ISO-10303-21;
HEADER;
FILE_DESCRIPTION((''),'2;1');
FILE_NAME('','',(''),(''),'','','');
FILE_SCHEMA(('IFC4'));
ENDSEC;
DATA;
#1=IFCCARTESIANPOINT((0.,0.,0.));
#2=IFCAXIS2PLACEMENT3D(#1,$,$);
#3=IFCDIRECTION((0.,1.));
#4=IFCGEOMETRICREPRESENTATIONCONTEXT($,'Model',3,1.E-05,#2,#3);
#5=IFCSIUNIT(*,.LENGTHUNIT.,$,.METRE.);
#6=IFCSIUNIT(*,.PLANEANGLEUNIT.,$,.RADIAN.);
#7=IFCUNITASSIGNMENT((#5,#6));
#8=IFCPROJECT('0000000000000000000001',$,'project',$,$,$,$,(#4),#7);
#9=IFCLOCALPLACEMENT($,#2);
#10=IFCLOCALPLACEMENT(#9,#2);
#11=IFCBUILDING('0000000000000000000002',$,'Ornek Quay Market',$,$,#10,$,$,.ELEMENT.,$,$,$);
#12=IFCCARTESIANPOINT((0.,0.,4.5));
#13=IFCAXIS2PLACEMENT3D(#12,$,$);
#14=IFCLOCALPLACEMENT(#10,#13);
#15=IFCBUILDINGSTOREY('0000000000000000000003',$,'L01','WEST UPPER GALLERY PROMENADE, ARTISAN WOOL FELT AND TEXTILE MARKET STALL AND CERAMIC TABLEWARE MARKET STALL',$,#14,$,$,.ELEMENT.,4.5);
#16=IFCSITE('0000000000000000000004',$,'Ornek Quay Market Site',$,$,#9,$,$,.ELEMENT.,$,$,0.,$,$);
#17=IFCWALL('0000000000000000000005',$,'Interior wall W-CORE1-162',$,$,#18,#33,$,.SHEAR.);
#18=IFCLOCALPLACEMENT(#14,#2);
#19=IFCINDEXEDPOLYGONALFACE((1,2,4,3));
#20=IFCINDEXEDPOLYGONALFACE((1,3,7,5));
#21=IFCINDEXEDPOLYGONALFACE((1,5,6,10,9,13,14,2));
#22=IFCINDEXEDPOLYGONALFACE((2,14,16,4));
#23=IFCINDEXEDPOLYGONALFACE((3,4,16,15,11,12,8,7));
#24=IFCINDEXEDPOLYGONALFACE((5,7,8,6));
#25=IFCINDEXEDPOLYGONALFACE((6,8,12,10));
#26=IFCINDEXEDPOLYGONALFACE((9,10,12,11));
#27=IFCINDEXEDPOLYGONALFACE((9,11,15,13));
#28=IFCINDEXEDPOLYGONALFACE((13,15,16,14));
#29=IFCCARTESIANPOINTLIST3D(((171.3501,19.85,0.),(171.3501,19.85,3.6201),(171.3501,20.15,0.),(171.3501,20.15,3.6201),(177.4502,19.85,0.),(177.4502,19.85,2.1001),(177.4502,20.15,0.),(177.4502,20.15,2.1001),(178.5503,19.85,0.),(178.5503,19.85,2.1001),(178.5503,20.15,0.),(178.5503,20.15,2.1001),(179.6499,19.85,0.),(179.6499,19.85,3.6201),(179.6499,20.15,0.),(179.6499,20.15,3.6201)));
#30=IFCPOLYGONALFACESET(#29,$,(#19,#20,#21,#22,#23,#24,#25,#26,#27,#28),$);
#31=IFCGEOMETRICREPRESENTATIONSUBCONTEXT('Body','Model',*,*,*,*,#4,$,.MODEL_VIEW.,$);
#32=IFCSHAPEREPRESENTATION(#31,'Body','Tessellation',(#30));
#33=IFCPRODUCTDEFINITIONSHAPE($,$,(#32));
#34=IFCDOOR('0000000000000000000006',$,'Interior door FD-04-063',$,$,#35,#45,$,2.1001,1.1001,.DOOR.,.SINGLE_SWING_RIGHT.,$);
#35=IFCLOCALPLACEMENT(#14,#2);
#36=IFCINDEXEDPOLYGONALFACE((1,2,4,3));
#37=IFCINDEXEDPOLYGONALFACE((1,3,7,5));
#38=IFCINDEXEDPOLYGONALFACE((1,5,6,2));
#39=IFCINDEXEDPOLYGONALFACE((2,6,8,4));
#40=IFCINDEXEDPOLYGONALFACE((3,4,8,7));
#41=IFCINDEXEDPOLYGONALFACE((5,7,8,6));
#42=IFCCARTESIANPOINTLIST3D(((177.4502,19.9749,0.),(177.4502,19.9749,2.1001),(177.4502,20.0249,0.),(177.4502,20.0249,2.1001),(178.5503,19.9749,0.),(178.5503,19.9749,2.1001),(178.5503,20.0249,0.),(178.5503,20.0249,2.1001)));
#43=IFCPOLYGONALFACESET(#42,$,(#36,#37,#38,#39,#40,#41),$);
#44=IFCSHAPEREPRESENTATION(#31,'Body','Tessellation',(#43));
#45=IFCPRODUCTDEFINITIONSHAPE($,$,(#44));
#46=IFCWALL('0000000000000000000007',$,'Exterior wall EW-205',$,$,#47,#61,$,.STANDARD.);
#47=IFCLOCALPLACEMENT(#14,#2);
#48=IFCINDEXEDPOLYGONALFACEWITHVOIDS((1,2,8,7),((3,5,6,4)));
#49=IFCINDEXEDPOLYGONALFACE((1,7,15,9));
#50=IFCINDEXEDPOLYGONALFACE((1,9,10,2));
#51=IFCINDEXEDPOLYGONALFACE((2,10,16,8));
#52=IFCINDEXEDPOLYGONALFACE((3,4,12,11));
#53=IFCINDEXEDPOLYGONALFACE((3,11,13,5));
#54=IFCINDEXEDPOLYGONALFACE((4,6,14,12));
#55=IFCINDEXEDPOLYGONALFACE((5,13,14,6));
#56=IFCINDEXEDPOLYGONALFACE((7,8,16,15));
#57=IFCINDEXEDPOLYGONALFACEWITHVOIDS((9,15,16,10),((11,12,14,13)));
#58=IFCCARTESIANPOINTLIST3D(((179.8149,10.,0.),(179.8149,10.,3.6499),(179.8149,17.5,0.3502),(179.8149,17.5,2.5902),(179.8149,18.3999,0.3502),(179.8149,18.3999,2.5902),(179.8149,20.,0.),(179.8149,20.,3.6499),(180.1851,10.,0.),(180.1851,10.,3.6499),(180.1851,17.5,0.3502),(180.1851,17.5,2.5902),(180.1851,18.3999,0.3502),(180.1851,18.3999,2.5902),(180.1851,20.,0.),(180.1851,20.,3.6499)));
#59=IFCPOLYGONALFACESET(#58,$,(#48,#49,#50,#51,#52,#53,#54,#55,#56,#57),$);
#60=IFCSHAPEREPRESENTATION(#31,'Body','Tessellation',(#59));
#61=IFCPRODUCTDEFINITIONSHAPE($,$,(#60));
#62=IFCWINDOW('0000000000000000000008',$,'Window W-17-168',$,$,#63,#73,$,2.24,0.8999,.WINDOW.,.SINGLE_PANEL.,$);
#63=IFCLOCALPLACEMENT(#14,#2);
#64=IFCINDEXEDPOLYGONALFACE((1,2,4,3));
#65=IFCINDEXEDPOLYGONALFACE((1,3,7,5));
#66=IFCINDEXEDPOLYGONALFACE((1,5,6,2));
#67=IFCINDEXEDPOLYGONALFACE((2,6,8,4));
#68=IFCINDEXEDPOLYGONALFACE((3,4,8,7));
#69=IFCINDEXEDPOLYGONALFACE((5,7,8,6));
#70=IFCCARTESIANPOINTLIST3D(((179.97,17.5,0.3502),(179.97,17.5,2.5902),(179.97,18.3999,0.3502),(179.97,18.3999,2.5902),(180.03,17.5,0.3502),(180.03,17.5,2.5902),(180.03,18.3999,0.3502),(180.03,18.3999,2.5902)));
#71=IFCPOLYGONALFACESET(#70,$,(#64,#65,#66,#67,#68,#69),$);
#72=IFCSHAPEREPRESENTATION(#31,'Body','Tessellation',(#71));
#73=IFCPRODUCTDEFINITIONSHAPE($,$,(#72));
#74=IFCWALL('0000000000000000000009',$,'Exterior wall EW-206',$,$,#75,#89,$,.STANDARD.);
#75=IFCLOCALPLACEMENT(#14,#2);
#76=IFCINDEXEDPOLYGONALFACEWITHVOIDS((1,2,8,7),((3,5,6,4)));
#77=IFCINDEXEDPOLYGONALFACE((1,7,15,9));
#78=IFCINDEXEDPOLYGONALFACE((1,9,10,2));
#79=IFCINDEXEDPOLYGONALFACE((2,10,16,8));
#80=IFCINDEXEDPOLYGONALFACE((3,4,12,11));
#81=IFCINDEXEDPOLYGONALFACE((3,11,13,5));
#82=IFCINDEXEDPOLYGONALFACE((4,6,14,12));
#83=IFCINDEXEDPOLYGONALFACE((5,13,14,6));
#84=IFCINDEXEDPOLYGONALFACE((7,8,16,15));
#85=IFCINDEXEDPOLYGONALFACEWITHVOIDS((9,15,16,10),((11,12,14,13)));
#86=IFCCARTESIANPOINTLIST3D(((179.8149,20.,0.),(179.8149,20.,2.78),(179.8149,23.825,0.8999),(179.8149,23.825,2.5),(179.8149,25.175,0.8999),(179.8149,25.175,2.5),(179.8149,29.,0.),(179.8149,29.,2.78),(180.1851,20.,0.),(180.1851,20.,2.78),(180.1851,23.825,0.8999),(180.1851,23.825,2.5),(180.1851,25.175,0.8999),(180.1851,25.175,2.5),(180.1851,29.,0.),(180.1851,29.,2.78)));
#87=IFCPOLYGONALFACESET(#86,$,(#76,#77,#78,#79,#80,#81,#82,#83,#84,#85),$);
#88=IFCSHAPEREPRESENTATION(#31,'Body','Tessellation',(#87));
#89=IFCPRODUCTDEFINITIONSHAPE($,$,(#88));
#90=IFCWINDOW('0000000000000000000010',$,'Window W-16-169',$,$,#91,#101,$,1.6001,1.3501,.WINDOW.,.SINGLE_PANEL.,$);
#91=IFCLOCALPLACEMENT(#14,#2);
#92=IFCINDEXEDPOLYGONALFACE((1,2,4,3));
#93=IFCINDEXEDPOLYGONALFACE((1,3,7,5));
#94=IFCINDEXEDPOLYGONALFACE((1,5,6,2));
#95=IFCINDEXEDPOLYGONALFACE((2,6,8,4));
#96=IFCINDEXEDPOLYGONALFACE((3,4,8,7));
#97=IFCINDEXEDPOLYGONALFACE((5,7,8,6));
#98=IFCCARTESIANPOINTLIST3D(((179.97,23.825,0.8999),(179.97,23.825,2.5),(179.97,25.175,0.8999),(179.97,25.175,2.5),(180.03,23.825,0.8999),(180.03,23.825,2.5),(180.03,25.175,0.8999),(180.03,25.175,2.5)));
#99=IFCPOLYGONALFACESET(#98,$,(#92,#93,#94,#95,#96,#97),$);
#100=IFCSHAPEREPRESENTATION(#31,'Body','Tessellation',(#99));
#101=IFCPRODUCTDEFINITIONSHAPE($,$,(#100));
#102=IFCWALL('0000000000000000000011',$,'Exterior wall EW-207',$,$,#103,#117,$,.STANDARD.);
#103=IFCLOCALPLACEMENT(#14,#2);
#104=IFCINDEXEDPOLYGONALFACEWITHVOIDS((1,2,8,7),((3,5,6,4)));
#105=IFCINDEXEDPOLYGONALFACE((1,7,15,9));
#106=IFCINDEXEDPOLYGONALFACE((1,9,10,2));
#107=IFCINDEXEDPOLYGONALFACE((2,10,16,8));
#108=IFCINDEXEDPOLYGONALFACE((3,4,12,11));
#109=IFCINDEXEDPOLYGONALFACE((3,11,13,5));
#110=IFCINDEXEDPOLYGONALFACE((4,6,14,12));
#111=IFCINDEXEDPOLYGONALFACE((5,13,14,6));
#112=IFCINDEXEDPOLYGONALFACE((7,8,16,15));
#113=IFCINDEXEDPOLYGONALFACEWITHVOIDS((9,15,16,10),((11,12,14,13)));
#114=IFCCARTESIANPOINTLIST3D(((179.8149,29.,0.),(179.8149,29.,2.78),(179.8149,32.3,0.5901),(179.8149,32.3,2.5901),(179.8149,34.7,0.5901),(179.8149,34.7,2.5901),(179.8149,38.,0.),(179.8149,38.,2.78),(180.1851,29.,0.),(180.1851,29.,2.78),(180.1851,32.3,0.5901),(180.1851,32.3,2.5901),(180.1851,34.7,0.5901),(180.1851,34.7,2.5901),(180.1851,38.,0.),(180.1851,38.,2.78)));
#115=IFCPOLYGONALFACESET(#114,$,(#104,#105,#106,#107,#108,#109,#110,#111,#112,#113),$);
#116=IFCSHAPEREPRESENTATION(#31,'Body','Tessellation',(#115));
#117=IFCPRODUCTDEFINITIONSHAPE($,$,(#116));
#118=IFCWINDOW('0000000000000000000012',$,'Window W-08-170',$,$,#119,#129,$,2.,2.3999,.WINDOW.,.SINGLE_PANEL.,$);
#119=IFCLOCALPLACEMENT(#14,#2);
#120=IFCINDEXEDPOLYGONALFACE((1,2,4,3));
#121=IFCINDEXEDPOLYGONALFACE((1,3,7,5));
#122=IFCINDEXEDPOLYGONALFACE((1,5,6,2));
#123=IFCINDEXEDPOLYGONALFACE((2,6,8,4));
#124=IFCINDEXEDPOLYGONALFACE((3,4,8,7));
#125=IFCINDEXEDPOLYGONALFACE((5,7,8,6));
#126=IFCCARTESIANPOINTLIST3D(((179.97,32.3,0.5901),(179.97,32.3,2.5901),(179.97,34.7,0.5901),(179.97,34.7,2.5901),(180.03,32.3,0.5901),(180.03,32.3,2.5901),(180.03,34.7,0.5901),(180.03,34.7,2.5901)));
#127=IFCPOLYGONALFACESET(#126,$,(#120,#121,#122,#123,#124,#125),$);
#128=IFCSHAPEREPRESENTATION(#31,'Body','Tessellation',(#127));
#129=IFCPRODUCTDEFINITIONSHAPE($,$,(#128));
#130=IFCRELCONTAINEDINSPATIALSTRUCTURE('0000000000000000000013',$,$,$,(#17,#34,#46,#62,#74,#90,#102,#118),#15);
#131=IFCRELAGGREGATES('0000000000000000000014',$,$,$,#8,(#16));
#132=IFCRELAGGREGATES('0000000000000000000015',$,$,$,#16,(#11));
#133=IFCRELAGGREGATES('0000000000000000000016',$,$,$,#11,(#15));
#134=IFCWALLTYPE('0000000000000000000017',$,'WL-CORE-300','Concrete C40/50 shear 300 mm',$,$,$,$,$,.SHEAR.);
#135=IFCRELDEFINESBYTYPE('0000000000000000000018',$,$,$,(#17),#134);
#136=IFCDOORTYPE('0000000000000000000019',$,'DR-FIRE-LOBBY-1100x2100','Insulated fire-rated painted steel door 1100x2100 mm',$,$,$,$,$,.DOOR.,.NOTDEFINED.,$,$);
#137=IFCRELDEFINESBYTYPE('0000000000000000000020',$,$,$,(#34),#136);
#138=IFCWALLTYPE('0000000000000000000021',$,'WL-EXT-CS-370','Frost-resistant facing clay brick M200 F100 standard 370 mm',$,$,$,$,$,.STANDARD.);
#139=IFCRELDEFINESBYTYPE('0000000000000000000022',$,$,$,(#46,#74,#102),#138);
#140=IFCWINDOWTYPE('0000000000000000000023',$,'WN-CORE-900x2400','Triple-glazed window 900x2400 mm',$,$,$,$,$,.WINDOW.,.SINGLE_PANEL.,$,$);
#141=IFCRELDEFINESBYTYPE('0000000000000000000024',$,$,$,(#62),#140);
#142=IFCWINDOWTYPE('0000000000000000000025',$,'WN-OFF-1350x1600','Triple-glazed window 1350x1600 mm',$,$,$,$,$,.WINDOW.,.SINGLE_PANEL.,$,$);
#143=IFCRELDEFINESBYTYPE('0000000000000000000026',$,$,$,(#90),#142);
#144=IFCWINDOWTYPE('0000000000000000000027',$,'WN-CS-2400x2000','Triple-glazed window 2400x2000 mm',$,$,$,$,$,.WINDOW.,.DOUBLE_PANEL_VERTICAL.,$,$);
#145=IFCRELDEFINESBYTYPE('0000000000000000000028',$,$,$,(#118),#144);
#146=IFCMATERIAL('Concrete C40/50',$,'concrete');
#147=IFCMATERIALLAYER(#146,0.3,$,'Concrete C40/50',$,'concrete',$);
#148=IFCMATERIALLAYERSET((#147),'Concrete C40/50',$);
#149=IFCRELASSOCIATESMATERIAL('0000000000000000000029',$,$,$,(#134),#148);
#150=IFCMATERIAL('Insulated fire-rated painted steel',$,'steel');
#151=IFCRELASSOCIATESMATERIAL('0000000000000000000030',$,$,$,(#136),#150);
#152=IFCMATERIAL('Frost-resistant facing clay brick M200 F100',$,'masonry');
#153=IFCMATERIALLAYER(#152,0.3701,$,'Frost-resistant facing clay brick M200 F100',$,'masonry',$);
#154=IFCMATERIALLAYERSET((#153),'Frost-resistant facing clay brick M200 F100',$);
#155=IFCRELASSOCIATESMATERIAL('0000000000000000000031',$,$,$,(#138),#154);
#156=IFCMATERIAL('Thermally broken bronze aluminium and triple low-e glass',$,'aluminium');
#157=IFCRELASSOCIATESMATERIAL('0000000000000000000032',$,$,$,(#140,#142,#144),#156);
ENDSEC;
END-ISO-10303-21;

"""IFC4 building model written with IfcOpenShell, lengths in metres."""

from ifc_helpers import new_model, si_unit, direction, frame, frame_2d, origin, place, context, subcontext, project, spatial, rectangle, extrude, material, layer, layer_set, type_object, element, fill, save


model = new_model("IFC4")

# Units and contexts
model_context = context("Model", 3, precision=1e-05, world=origin(), true_north=direction((0.0, 1.0)))
body_context = subcontext(model_context, "Body", "Model", "MODEL_VIEW")
ifc_project = project(units=[si_unit("LENGTHUNIT", "METRE"), si_unit("PLANEANGLEUNIT", "RADIAN")], contexts=[model_context])

# Site, building, storey
site_placement = place(None, origin())
site = spatial("IfcSite", under=ifc_project, at=site_placement, Name="Ornek Quay Market Site", CompositionType="ELEMENT", RefElevation=0.0)
building_placement = place(site_placement, origin())
building = spatial("IfcBuilding", under=site, at=building_placement, Name="Ornek Quay Market", CompositionType="ELEMENT")
storey_placement = place(building_placement, frame((0.0, 0.0, 4.5)))
storey = spatial("IfcBuildingStorey", under=building, at=storey_placement, Name="L01", Description="WEST UPPER GALLERY PROMENADE, ARTISAN WOOL FELT AND TEXTILE MARKET STALL AND CERAMIC TABLEWARE MARKET STALL", CompositionType="ELEMENT", Elevation=4.5)

# Shared definitions
ifc_material_1 = material(Name="Concrete C40/50", Category="concrete")

# Wall, opening, door
ifc_layer_1 = layer(ifc_material_1, 0.3, Name="Concrete C40/50", Category="concrete")
ifc_layer_set_1 = layer_set([ifc_layer_1], Name="Concrete C40/50")
wall_type_1 = type_object("IfcWallType", Name="WL-CORE-300", Description="Concrete C40/50 shear 300 mm", PredefinedType="SHEAR", material=ifc_layer_set_1)
wall_1_placement = place(storey_placement, frame((171.3501, 20.0, 0.0), z_axis=(0.0, 0.0, 1.0), x_axis=(1.0, 0.0, 0.0)))
wall_1 = element("IfcWall", 1, at=wall_1_placement, inside=storey, type_object=wall_type_1, Name="Interior wall W-CORE1-162", PredefinedType="SHEAR", context=body_context, shape_type="SweptSolid", body=[
    extrude(rectangle(XDim=8.2998, YDim=0.3, at=frame_2d((4.1499, 0.0))), origin(), (0.0, 0.0, 1.0), 3.6201),
])
opening_1_placement = place(wall_1_placement, frame((6.1001, 0.0, 0.0)))
opening_1 = element("IfcOpeningElement", 2, at=opening_1_placement, cuts=wall_1, PredefinedType="OPENING", context=body_context, shape_type="SweptSolid", body=[
    extrude(rectangle(XDim=1.1001, YDim=2.1001, at=frame_2d((0.55, 1.05))), frame((0.0, 0.1599, 0.0), z_axis=(0.0, -1.0, 0.0), x_axis=(1.0, 0.0, 0.0)), (0.0, 0.0, 1.0), 0.3201),
])
ifc_material_2 = material(Name="Insulated fire-rated painted steel", Category="steel")
door_type = type_object("IfcDoorType", Name="DR-FIRE-LOBBY-1100x2100", Description="Insulated fire-rated painted steel door 1100x2100 mm", OperationType="NOTDEFINED", PredefinedType="DOOR", material=ifc_material_2)
door_placement = place(opening_1_placement, origin())
door = element("IfcDoor", 3, at=door_placement, inside=storey, type_object=door_type, Name="Interior door FD-04-063", OperationType="SINGLE_SWING_RIGHT", OverallHeight=2.1001, OverallWidth=1.1001, PredefinedType="DOOR", context=body_context, shape_type="SweptSolid", body=[
    extrude(rectangle(XDim=1.1001, YDim=2.1001, at=frame_2d((0.55, 1.05))), frame((0.0, 0.0249, 0.0), z_axis=(0.0, -1.0, 0.0), x_axis=(1.0, 0.0, 0.0)), (0.0, 0.0, 1.0), 0.05),
])
fill(opening_1, door)

# Walls, openings, windows
ifc_material_3 = material(Name="Frost-resistant facing clay brick M200 F100", Category="masonry")
ifc_layer_2 = layer(ifc_material_3, 0.3701, Name="Frost-resistant facing clay brick M200 F100", Category="masonry")
ifc_layer_set_2 = layer_set([ifc_layer_2], Name="Frost-resistant facing clay brick M200 F100")
wall_type_2 = type_object("IfcWallType", Name="WL-EXT-CS-370", Description="Frost-resistant facing clay brick M200 F100 standard 370 mm", PredefinedType="STANDARD", material=ifc_layer_set_2)
wall_2_placement = place(storey_placement, frame((180.0, 20.0, 0.0), z_axis=(0.0, 0.0, 1.0), x_axis=(0.0, -1.0, 0.0)))
wall_2 = element("IfcWall", 4, at=wall_2_placement, inside=storey, type_object=wall_type_2, Name="Exterior wall EW-205", PredefinedType="STANDARD", context=body_context, shape_type="SweptSolid", body=[
    extrude(rectangle(XDim=10.0, YDim=0.3701, at=frame_2d((5.0, 0.0))), origin(), (0.0, 0.0, 1.0), 3.6499),
])
opening_2_placement = place(wall_2_placement, frame((1.6001, 0.0, 0.3501)))
opening_2 = element("IfcOpeningElement", 5, at=opening_2_placement, cuts=wall_2, PredefinedType="OPENING", context=body_context, shape_type="SweptSolid", body=[
    extrude(rectangle(XDim=0.8999, YDim=2.24, at=frame_2d((0.45, 1.1201))), frame((0.0, 0.1951, 0.0), z_axis=(0.0, -1.0, 0.0), x_axis=(1.0, 0.0, 0.0)), (0.0, 0.0, 1.0), 0.3901),
])
ifc_material_4 = material(Name="Thermally broken bronze aluminium and triple low-e glass", Category="aluminium")
window_type_1 = type_object("IfcWindowType", Name="WN-CORE-900x2400", Description="Triple-glazed window 900x2400 mm", PartitioningType="SINGLE_PANEL", PredefinedType="WINDOW", material=ifc_material_4)
window_1_placement = place(opening_2_placement, origin())
window_1 = element("IfcWindow", 6, at=window_1_placement, inside=storey, type_object=window_type_1, Name="Window W-17-168", OverallHeight=2.24, OverallWidth=0.8999, PartitioningType="SINGLE_PANEL", PredefinedType="WINDOW", context=body_context, shape_type="SweptSolid", body=[
    extrude(rectangle(XDim=0.8999, YDim=2.24, at=frame_2d((0.45, 1.1201))), frame((0.0, 0.03, 0.0), z_axis=(0.0, -1.0, 0.0), x_axis=(1.0, 0.0, 0.0)), (0.0, 0.0, 1.0), 0.0601),
])
fill(opening_2, window_1)
wall_3_placement = place(storey_placement, frame((180.0, 20.0, 0.0), z_axis=(0.0, 0.0, 1.0), x_axis=(0.0, 1.0, 0.0)))
wall_3 = element("IfcWall", 7, at=wall_3_placement, inside=storey, type_object=wall_type_2, Name="Exterior wall EW-206", PredefinedType="STANDARD", context=body_context, shape_type="SweptSolid", body=[
    extrude(rectangle(XDim=9.0, YDim=0.3701, at=frame_2d((4.5, 0.0))), origin(), (0.0, 0.0, 1.0), 2.78),
])
opening_3_placement = place(wall_3_placement, frame((3.825, 0.0, 0.8999)))
opening_3 = element("IfcOpeningElement", 8, at=opening_3_placement, cuts=wall_3, PredefinedType="OPENING", context=body_context, shape_type="SweptSolid", body=[
    extrude(rectangle(XDim=1.3501, YDim=1.6001, at=frame_2d((0.675, 0.8))), frame((0.0, 0.1951, 0.0), z_axis=(0.0, -1.0, 0.0), x_axis=(1.0, 0.0, 0.0)), (0.0, 0.0, 1.0), 0.3901),
])
window_type_2 = type_object("IfcWindowType", Name="WN-OFF-1350x1600", Description="Triple-glazed window 1350x1600 mm", PartitioningType="SINGLE_PANEL", PredefinedType="WINDOW", material=ifc_material_4)
window_2_placement = place(opening_3_placement, origin())
window_2 = element("IfcWindow", 9, at=window_2_placement, inside=storey, type_object=window_type_2, Name="Window W-16-169", OverallHeight=1.6001, OverallWidth=1.3501, PartitioningType="SINGLE_PANEL", PredefinedType="WINDOW", context=body_context, shape_type="SweptSolid", body=[
    extrude(rectangle(XDim=1.3501, YDim=1.6001, at=frame_2d((0.675, 0.8))), frame((0.0, 0.03, 0.0), z_axis=(0.0, -1.0, 0.0), x_axis=(1.0, 0.0, 0.0)), (0.0, 0.0, 1.0), 0.0601),
])
fill(opening_3, window_2)
wall_4_placement = place(storey_placement, frame((180.0, 29.0, 0.0), z_axis=(0.0, 0.0, 1.0), x_axis=(0.0, 1.0, 0.0)))
wall_4 = element("IfcWall", 10, at=wall_4_placement, inside=storey, type_object=wall_type_2, Name="Exterior wall EW-207", PredefinedType="STANDARD", context=body_context, shape_type="SweptSolid", body=[
    extrude(rectangle(XDim=9.0, YDim=0.3701, at=frame_2d((4.5, 0.0))), origin(), (0.0, 0.0, 1.0), 2.78),
])
opening_4_placement = place(wall_4_placement, frame((3.3, 0.0, 0.5901)))
opening_4 = element("IfcOpeningElement", 11, at=opening_4_placement, cuts=wall_4, PredefinedType="OPENING", context=body_context, shape_type="SweptSolid", body=[
    extrude(rectangle(XDim=2.3999, YDim=2.0, at=frame_2d((1.2, 1.0))), frame((0.0, 0.1951, 0.0), z_axis=(0.0, -1.0, 0.0), x_axis=(1.0, 0.0, 0.0)), (0.0, 0.0, 1.0), 0.3901),
])
window_type_3 = type_object("IfcWindowType", Name="WN-CS-2400x2000", Description="Triple-glazed window 2400x2000 mm", PartitioningType="DOUBLE_PANEL_VERTICAL", PredefinedType="WINDOW", material=ifc_material_4)
window_3_placement = place(opening_4_placement, origin())
window_3 = element("IfcWindow", 12, at=window_3_placement, inside=storey, type_object=window_type_3, Name="Window W-08-170", OverallHeight=2.0, OverallWidth=2.3999, PartitioningType="SINGLE_PANEL", PredefinedType="WINDOW", context=body_context, shape_type="SweptSolid", body=[
    extrude(rectangle(XDim=2.3999, YDim=2.0, at=frame_2d((1.2, 1.0))), frame((0.0, 0.03, 0.0), z_axis=(0.0, -1.0, 0.0), x_axis=(1.0, 0.0, 0.0)), (0.0, 0.0, 1.0), 0.0601),
])
fill(opening_4, window_3)

save(model, "model.ifc")
